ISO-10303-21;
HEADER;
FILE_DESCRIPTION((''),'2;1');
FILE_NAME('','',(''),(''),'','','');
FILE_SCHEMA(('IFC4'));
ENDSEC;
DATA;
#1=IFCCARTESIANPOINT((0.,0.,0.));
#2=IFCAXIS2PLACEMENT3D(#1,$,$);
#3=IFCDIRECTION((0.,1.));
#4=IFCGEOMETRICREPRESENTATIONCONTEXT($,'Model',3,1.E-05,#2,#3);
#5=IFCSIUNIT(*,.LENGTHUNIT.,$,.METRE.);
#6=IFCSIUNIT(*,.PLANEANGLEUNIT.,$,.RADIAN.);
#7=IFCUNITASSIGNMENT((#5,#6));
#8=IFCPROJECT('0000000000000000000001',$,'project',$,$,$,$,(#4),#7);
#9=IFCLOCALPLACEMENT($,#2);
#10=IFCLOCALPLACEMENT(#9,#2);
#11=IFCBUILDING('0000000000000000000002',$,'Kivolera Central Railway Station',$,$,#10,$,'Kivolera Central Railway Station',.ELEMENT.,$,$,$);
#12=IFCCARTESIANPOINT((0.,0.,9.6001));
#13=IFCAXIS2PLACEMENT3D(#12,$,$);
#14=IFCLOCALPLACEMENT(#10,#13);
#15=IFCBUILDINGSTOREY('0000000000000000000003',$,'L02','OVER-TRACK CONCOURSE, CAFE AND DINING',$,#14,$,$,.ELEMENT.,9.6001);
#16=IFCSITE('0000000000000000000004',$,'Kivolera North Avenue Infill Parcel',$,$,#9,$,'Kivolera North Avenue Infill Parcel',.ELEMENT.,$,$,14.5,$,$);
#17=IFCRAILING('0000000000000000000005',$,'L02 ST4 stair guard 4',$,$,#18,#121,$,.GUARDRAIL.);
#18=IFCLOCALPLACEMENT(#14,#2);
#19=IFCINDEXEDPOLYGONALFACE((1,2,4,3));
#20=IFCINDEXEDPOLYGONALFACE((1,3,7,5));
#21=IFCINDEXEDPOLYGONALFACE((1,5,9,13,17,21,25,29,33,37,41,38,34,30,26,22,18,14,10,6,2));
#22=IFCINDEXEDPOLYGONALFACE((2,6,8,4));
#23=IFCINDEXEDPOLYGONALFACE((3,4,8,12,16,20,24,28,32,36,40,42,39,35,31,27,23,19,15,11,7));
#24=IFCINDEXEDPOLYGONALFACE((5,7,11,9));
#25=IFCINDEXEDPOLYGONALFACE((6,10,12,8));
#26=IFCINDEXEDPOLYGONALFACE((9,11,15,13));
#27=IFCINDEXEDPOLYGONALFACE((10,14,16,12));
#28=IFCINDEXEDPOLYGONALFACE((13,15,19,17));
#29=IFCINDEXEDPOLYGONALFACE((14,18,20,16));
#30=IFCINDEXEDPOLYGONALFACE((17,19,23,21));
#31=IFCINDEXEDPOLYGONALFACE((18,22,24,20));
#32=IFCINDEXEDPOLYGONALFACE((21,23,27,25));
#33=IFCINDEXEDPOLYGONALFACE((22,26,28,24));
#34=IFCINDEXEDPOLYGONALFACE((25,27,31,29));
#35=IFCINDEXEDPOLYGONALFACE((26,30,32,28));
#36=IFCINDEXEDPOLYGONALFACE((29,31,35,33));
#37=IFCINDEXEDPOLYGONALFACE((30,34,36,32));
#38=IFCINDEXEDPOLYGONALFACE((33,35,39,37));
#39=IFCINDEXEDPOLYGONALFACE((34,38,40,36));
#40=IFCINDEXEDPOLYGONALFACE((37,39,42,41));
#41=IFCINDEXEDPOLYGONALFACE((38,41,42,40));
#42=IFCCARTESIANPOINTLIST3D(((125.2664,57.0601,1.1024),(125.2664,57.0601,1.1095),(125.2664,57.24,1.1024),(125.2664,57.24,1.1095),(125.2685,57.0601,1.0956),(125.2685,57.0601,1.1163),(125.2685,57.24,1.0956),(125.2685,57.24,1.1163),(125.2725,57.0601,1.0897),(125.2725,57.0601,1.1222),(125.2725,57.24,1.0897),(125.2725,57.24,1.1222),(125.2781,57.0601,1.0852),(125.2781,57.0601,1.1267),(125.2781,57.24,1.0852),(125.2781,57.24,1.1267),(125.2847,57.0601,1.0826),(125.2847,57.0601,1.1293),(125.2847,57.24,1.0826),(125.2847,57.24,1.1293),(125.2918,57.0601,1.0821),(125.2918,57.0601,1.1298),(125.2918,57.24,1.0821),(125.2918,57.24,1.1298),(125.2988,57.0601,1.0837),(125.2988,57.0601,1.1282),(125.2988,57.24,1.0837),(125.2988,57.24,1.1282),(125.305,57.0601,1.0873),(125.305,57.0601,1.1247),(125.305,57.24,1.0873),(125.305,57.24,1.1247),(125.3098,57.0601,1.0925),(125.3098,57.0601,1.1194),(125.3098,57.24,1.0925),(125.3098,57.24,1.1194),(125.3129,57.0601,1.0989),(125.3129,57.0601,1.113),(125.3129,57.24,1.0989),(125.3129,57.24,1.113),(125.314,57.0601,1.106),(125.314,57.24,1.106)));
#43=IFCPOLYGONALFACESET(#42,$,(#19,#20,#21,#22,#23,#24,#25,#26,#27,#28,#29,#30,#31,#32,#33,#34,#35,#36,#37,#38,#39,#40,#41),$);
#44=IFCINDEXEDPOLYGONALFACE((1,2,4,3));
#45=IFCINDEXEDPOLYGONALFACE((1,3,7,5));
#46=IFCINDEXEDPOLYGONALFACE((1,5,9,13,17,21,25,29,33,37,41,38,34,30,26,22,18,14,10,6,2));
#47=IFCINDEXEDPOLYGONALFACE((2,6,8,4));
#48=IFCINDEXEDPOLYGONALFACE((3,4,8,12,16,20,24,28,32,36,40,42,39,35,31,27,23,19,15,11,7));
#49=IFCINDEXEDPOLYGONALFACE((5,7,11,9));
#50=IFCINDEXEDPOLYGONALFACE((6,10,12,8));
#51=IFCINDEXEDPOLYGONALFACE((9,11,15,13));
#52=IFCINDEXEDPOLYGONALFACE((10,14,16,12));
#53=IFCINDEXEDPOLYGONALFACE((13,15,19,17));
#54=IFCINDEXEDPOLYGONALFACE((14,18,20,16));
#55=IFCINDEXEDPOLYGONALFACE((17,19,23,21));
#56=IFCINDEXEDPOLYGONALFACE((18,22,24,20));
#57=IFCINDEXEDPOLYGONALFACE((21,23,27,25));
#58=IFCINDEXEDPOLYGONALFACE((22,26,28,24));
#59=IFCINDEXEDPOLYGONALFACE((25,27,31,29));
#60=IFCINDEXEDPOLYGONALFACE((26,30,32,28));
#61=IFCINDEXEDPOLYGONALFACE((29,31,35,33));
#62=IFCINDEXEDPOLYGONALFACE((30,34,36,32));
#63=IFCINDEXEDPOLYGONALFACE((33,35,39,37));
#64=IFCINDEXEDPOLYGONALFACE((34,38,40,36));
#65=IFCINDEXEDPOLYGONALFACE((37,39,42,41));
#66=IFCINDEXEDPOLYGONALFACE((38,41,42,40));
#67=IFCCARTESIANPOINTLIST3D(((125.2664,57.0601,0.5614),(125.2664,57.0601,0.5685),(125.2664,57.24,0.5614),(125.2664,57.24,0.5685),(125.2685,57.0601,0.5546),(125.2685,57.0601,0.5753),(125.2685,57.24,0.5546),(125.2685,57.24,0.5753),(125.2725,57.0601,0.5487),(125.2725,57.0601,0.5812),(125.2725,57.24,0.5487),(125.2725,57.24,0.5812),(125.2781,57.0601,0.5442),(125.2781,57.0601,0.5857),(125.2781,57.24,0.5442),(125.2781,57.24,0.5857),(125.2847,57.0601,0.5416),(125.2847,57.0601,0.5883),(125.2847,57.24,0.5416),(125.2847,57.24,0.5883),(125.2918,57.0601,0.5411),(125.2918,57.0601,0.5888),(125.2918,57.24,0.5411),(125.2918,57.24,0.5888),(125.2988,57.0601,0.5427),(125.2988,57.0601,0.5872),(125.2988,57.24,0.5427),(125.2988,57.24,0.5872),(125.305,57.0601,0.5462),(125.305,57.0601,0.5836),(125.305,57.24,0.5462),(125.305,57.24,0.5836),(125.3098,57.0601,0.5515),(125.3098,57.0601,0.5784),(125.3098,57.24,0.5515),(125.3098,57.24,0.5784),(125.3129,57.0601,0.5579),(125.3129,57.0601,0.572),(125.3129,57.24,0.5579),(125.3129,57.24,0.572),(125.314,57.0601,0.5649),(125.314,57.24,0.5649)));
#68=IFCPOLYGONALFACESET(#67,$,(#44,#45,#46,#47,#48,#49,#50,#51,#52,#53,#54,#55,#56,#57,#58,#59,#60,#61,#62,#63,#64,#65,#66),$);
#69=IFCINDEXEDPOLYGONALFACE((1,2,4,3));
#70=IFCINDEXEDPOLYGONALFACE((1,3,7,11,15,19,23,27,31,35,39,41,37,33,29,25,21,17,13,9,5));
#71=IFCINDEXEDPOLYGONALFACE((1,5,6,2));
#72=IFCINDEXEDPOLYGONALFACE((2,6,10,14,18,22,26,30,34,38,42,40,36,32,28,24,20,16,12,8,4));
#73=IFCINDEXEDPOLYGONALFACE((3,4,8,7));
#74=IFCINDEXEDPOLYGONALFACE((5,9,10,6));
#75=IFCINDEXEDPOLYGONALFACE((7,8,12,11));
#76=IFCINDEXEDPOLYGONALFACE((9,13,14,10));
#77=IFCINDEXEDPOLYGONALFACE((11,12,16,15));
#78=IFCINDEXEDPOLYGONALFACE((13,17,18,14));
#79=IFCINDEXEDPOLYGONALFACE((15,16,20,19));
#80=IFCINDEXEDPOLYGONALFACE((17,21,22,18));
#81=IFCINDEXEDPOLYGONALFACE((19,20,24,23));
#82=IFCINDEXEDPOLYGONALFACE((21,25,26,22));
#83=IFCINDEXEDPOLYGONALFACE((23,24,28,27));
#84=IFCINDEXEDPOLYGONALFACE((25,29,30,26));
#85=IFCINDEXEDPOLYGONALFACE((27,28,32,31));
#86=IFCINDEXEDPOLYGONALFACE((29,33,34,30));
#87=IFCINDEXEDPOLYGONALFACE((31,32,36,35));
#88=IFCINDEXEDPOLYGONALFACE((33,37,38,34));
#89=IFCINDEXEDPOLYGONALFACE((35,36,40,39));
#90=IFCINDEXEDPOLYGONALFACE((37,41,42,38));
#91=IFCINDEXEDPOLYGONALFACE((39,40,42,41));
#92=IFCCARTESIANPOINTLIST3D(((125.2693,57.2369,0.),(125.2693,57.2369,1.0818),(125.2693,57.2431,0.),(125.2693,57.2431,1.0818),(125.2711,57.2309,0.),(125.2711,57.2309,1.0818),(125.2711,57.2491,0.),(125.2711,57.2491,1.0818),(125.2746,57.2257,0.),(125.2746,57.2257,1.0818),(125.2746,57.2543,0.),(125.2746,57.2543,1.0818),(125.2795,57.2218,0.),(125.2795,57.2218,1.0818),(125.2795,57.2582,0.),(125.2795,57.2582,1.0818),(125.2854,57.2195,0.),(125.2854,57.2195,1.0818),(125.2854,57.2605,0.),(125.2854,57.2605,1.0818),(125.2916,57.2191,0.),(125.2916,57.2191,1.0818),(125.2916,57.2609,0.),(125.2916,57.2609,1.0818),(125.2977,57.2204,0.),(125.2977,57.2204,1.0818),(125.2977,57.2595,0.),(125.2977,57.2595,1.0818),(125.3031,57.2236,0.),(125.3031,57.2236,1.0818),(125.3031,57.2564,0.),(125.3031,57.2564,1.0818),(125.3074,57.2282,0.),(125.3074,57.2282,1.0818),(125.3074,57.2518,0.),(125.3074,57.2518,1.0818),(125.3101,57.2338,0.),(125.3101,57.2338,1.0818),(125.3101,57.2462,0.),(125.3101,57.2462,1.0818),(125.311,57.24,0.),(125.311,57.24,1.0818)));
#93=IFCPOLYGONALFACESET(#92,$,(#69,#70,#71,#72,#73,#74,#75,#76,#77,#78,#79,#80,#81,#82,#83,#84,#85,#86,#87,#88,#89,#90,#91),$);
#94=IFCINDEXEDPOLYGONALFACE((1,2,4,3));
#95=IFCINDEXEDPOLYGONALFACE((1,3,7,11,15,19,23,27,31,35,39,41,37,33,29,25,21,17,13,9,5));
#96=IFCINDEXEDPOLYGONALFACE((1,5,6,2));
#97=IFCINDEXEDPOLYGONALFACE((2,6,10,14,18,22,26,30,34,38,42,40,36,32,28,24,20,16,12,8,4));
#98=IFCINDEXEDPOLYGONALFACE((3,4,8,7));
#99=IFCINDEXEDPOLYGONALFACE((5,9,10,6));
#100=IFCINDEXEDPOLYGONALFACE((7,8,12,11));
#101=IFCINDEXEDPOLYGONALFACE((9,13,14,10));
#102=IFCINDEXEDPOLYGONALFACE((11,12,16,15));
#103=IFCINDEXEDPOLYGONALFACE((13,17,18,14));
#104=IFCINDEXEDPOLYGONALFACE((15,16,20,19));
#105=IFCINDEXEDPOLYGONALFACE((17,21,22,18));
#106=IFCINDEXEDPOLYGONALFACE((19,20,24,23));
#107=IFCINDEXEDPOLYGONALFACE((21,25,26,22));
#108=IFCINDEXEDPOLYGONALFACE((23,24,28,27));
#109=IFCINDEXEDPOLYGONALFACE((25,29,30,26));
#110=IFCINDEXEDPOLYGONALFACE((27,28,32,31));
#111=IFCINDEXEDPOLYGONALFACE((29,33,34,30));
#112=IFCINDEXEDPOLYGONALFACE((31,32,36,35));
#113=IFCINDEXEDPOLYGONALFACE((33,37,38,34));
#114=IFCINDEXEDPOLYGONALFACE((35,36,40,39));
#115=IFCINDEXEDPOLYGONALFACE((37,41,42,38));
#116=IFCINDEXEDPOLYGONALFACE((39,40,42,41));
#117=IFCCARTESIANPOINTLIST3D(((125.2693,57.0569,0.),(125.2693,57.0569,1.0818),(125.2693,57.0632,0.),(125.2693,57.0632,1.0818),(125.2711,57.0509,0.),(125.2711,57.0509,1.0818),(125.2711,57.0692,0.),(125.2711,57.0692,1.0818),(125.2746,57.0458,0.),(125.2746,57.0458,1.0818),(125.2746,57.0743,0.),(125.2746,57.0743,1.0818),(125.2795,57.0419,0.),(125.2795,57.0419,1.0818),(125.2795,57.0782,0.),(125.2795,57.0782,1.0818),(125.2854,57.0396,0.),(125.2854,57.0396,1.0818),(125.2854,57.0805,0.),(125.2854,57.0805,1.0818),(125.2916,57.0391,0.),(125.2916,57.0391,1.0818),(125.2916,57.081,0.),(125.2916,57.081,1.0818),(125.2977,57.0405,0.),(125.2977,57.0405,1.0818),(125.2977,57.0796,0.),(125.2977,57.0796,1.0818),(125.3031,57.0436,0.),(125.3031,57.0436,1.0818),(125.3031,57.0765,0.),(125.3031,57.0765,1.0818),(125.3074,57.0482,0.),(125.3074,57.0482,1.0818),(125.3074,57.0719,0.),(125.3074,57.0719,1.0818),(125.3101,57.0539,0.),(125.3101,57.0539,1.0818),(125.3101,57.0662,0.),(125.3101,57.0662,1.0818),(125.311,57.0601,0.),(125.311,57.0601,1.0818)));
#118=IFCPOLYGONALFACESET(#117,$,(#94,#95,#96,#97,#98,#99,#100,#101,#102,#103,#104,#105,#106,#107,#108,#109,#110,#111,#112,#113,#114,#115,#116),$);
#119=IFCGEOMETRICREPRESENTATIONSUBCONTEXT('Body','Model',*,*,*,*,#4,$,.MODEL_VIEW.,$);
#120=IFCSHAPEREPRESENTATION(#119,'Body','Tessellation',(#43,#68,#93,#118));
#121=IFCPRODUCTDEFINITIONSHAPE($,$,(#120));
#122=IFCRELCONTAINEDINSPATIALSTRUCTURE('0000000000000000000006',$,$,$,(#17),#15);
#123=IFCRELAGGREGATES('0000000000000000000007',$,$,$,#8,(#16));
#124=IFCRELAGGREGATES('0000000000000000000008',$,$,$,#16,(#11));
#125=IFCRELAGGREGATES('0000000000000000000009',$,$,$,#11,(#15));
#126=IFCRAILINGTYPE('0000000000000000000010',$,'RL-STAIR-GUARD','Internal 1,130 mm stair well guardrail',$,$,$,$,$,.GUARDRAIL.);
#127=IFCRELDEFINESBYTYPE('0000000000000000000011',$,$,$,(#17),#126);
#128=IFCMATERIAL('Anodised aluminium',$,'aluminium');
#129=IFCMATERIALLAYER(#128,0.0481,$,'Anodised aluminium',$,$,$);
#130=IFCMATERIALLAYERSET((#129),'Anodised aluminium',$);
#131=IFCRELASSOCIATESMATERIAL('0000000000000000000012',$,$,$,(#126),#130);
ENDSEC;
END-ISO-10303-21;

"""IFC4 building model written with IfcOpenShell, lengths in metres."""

from ifc_helpers import new_model, si_unit, direction, frame, origin, origin_2d, place, context, subcontext, project, spatial, circle, extrude, material, layer, layer_set, type_object, element, save


model = new_model("IFC4")

# Units and contexts
model_context = context("Model", 3, precision=1e-05, world=origin(), true_north=direction((0.0, 1.0)))
body_context = subcontext(model_context, "Body", "Model", "MODEL_VIEW")
ifc_project = project(units=[si_unit("LENGTHUNIT", "METRE"), si_unit("PLANEANGLEUNIT", "RADIAN")], contexts=[model_context])

# Site, building, storey
site_placement = place(None, origin())
site = spatial("IfcSite", under=ifc_project, at=site_placement, Name="Kivolera North Avenue Infill Parcel", LongName="Kivolera North Avenue Infill Parcel", CompositionType="ELEMENT", RefElevation=14.5)
building_placement = place(site_placement, origin())
building = spatial("IfcBuilding", under=site, at=building_placement, Name="Kivolera Central Railway Station", LongName="Kivolera Central Railway Station", CompositionType="ELEMENT")
storey_placement = place(building_placement, frame((0.0, 0.0, 9.6001)))
storey = spatial("IfcBuildingStorey", under=building, at=storey_placement, Name="L02", Description="OVER-TRACK CONCOURSE, CAFE AND DINING", CompositionType="ELEMENT", Elevation=9.6001)

# Shared definitions
ifc_material_1 = material(Name="Anodised aluminium", Category="aluminium")

# Railing
ifc_layer_1 = layer(ifc_material_1, 0.0481, Name="Anodised aluminium")
ifc_layer_set_1 = layer_set([ifc_layer_1], Name="Anodised aluminium")
railing_type_1 = type_object("IfcRailingType", Name="RL-STAIR-GUARD", Description="Internal 1,130 mm stair well guardrail", PredefinedType="GUARDRAIL", material=ifc_layer_set_1)
railing_1_placement = place(storey_placement, frame((125.29, 57.24, 0.0)))
element("IfcRailing", 1, at=railing_1_placement, inside=storey, type_object=railing_type_1, Name="L02 ST4 stair guard 4", PredefinedType="GUARDRAIL", context=body_context, shape_type="SweptSolid", body=[
    extrude(circle(Radius=0.0239, at=origin_2d()), frame((0.0, 0.0, 1.106), z_axis=(0.0, -1.0, 0.0), x_axis=(1.0, 0.0, 0.0)), (0.0, 0.0, 1.0), 0.1799),
    extrude(circle(Radius=0.0239, at=origin_2d()), frame((0.0, 0.0, 0.5649), z_axis=(0.0, -1.0, 0.0), x_axis=(1.0, 0.0, 0.0)), (0.0, 0.0, 1.0), 0.1799),
    extrude(circle(Radius=0.021, at=origin_2d()), origin(), (0.0, 0.0, 1.0), 1.0818),
    extrude(circle(Radius=0.021, at=origin_2d()), frame((0.0, -0.1799, 0.0)), (0.0, 0.0, 1.0), 1.0818),
])

save(model, "model.ifc")
